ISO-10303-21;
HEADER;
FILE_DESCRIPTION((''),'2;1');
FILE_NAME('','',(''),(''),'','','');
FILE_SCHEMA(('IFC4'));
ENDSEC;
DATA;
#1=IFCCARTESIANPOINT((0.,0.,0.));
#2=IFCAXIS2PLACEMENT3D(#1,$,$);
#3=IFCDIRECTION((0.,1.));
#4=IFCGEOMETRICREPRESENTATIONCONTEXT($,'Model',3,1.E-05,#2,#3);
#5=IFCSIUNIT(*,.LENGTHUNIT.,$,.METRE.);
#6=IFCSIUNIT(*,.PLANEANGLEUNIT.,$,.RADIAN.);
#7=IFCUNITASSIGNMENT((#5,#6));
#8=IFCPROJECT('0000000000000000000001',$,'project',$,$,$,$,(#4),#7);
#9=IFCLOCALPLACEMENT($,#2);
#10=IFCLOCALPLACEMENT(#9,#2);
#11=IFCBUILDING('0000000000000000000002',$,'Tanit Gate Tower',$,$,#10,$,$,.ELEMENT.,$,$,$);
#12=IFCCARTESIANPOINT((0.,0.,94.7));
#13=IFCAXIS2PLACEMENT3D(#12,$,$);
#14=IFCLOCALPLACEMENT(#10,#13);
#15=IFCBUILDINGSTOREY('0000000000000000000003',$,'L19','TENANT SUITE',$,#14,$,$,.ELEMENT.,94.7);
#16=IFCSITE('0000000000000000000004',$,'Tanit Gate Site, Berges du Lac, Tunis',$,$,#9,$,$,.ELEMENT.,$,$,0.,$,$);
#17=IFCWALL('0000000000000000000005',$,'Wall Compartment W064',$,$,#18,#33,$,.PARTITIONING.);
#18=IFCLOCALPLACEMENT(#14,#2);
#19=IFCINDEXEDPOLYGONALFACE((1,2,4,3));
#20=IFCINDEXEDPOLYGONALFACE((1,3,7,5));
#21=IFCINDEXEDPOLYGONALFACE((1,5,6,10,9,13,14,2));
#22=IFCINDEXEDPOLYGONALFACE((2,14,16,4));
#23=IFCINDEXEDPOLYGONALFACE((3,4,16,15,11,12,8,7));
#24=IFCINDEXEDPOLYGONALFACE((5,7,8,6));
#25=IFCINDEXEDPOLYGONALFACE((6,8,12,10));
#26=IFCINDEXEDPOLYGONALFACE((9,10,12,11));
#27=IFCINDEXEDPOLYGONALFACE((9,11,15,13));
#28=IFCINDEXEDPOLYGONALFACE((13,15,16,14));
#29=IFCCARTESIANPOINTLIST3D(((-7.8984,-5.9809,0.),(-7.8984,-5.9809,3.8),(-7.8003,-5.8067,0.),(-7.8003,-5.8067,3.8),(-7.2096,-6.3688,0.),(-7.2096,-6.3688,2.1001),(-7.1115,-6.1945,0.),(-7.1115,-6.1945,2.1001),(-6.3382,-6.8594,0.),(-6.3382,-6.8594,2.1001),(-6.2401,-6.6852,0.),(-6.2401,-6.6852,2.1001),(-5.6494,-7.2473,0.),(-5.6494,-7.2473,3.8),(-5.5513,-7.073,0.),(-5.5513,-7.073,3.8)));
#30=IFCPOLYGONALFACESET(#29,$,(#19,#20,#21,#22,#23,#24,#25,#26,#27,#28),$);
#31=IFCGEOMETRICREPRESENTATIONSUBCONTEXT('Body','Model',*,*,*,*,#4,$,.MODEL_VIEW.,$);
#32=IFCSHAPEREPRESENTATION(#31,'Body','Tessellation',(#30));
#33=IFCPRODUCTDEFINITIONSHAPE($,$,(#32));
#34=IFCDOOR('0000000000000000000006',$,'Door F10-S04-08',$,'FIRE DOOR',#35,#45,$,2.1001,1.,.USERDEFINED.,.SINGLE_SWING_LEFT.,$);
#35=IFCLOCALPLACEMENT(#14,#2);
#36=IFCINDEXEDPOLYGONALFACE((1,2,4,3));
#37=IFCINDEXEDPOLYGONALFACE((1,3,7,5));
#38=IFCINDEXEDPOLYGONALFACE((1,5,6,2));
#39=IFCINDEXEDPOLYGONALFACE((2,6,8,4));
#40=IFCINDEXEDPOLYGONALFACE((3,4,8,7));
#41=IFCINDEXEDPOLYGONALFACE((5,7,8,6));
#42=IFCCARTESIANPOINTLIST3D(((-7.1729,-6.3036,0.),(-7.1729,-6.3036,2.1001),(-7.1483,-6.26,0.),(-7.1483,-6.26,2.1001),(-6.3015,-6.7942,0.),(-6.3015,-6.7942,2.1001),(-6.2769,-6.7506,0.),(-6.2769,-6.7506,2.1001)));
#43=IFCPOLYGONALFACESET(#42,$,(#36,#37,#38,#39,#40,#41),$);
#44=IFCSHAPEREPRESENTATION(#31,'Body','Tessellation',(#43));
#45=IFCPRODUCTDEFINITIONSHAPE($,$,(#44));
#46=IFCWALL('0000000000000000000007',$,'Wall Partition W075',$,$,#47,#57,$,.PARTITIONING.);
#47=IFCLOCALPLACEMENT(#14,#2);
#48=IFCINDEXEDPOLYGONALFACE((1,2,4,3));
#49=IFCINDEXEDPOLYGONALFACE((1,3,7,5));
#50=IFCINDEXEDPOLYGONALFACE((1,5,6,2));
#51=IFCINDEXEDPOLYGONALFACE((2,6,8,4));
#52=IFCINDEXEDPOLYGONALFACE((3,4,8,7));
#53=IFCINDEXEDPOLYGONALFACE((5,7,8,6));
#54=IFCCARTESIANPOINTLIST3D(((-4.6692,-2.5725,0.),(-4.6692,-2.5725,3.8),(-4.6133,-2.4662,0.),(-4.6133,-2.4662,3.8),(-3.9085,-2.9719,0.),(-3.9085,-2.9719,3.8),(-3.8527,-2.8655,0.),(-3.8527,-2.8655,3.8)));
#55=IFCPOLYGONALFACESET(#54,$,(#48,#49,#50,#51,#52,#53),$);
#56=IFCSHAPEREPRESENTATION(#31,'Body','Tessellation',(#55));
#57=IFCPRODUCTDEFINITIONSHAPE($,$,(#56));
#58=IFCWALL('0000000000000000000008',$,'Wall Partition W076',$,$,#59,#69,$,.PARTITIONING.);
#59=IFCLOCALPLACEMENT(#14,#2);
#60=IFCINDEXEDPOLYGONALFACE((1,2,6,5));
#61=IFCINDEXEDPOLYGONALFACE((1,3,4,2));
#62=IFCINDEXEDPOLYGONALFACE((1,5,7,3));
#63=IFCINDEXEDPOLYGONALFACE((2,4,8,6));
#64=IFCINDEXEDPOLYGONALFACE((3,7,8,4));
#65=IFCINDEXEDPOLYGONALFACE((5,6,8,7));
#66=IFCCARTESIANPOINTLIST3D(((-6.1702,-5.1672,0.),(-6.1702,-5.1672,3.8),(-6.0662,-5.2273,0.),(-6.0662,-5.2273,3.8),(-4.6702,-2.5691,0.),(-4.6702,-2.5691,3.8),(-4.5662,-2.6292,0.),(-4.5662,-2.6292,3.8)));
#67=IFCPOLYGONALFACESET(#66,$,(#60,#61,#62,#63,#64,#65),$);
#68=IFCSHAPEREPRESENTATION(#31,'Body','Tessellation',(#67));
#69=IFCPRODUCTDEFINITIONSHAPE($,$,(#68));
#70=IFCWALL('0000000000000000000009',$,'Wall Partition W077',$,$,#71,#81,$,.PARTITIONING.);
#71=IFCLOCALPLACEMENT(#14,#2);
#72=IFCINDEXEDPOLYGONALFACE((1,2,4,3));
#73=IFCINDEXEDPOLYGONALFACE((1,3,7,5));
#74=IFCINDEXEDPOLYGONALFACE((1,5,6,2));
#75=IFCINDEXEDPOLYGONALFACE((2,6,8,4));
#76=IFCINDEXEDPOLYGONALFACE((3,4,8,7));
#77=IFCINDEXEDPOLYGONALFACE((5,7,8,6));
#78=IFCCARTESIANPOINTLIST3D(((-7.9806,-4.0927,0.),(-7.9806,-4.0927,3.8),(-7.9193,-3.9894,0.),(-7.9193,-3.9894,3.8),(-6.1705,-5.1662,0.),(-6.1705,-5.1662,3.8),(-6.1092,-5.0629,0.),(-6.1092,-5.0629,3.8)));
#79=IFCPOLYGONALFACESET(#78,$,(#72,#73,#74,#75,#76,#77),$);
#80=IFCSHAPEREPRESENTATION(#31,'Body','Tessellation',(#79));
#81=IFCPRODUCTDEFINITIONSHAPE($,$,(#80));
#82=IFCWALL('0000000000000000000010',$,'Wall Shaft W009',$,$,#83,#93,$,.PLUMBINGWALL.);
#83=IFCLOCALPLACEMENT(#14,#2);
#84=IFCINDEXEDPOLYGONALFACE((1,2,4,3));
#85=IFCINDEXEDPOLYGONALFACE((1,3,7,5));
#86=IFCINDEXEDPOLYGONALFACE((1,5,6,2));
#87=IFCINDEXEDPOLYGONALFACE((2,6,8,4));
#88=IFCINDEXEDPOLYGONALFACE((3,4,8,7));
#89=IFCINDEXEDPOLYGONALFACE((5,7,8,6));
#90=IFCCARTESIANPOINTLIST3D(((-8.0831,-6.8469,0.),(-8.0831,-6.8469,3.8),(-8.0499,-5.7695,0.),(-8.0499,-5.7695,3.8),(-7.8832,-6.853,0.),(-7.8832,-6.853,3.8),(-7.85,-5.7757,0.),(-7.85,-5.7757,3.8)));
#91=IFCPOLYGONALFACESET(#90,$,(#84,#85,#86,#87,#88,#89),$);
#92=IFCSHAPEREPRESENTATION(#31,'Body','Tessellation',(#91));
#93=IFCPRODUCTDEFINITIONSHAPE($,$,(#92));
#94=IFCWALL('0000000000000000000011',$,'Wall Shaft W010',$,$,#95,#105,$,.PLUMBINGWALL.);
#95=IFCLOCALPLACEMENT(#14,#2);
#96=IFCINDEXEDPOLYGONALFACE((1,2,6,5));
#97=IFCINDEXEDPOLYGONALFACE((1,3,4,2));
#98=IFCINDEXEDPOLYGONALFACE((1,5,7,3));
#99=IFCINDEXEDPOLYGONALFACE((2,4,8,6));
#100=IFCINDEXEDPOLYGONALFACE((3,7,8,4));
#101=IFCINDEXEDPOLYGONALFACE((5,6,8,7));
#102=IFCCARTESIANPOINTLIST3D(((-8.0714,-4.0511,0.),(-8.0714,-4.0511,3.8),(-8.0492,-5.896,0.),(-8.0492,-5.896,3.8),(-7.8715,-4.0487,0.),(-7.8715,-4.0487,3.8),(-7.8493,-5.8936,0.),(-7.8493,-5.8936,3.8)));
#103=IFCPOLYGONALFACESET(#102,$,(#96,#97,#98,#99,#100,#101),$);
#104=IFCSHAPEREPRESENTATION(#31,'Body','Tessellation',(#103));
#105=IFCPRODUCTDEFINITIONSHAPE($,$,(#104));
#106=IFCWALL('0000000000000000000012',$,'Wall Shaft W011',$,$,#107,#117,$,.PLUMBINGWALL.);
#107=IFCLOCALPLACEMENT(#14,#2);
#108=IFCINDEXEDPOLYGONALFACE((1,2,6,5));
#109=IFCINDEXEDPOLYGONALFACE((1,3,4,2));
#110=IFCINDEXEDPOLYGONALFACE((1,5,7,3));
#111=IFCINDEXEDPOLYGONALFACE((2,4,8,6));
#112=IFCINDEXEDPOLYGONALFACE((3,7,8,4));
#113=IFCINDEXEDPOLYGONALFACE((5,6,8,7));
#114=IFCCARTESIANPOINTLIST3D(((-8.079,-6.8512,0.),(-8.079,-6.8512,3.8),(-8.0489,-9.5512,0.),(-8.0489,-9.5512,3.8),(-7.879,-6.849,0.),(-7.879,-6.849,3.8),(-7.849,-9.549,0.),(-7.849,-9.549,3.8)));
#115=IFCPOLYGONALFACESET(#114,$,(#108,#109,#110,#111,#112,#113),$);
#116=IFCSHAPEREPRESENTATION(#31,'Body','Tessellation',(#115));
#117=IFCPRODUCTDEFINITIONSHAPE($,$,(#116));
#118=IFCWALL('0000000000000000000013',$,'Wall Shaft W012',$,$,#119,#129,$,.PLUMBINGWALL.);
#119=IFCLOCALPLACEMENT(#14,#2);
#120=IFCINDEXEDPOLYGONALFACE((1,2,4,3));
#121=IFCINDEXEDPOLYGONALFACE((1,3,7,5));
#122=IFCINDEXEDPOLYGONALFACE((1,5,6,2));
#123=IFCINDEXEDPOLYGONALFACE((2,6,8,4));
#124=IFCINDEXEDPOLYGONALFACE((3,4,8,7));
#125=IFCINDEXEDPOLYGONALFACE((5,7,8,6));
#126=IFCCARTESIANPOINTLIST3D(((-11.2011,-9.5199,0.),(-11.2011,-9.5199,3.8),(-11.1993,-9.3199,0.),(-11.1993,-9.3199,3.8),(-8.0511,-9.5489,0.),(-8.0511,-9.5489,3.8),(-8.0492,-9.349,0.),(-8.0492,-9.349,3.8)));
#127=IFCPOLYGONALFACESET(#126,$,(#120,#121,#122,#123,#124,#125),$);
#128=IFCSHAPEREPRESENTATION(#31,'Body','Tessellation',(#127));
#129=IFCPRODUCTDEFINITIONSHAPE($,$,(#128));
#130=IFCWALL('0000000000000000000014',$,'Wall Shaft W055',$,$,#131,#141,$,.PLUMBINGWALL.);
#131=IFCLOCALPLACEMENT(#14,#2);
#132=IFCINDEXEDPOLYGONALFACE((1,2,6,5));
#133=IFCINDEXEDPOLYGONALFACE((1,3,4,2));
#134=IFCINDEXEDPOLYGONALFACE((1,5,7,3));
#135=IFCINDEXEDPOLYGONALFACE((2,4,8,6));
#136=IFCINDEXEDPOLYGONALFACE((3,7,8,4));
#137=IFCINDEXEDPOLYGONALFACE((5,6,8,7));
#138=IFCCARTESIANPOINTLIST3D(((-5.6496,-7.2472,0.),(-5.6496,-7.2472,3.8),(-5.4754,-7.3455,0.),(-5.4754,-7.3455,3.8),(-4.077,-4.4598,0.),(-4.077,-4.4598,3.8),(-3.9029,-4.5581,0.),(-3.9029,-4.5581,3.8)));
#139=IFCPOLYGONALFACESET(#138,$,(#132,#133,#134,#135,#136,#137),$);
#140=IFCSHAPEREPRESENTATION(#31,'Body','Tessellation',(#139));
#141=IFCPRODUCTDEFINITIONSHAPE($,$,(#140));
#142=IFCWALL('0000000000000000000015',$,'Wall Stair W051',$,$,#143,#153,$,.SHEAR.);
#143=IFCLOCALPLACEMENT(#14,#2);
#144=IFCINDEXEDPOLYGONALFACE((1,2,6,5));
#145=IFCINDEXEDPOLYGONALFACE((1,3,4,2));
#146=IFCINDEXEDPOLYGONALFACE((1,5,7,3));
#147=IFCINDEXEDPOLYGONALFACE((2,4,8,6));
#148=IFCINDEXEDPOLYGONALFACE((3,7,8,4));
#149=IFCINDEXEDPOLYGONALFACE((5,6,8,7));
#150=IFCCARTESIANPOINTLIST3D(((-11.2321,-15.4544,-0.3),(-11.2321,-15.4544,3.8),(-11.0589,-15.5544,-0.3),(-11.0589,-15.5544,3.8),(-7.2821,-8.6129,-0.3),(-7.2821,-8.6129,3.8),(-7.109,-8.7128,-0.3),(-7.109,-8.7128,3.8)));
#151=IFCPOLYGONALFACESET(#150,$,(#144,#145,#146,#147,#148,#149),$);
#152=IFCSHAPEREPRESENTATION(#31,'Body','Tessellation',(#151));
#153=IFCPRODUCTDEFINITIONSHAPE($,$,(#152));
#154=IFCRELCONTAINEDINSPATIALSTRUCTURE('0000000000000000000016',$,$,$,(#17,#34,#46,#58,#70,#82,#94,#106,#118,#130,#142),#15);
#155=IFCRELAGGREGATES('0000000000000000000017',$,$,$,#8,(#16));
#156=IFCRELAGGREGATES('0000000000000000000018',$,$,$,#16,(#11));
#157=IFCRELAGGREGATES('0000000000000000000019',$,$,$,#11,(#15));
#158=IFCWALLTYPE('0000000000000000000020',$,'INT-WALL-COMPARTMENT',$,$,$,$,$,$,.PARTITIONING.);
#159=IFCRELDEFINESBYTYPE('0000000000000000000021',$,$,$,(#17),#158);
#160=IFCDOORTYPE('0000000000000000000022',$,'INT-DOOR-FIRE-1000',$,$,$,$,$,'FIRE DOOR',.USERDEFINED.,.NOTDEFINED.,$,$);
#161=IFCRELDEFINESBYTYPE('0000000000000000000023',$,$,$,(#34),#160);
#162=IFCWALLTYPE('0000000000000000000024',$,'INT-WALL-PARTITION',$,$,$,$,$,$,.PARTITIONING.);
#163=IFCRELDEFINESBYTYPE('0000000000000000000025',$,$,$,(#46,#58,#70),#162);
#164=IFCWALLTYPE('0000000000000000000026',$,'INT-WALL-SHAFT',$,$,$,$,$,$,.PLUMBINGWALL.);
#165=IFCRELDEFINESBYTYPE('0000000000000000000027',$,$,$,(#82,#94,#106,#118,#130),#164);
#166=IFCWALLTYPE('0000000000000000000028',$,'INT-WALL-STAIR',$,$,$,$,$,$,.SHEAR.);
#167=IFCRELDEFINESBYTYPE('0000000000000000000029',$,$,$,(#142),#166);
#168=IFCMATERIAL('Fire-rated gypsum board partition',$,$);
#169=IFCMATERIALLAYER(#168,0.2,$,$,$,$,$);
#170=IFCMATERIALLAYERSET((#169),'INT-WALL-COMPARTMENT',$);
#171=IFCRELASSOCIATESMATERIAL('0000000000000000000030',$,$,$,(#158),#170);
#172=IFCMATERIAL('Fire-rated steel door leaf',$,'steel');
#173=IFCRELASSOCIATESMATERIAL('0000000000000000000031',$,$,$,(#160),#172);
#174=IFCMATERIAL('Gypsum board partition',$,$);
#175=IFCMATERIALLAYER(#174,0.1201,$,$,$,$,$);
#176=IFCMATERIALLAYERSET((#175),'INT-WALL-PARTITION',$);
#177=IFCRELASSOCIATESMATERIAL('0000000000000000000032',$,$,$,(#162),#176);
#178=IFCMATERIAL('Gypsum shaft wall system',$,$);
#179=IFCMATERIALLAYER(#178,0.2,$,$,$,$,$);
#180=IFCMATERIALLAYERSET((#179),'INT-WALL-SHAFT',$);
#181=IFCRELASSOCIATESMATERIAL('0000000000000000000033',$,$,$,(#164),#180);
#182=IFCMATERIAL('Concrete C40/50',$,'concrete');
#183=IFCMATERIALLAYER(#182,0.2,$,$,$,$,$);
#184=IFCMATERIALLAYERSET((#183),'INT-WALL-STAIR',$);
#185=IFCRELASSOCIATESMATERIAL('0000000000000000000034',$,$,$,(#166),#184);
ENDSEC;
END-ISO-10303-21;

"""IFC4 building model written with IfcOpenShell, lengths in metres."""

from ifc_helpers import new_model, si_unit, direction, frame, frame_2d, origin, place, context, subcontext, project, spatial, rectangle, extrude, material, layer, layer_set, type_object, element, fill, save


model = new_model("IFC4")

# Units and contexts
model_context = context("Model", 3, precision=1e-05, world=origin(), true_north=direction((0.0, 1.0)))
body_context = subcontext(model_context, "Body", "Model", "MODEL_VIEW")
ifc_project = project(units=[si_unit("LENGTHUNIT", "METRE"), si_unit("PLANEANGLEUNIT", "RADIAN")], contexts=[model_context])

# Site, building, storey
site_placement = place(None, origin())
site = spatial("IfcSite", under=ifc_project, at=site_placement, Name="Tanit Gate Site, Berges du Lac, Tunis", CompositionType="ELEMENT", RefElevation=0.0)
building_placement = place(site_placement, origin())
building = spatial("IfcBuilding", under=site, at=building_placement, Name="Tanit Gate Tower", CompositionType="ELEMENT")
storey_placement = place(building_placement, frame((0.0, 0.0, 94.7)))
storey = spatial("IfcBuildingStorey", under=building, at=storey_placement, Name="L19", Description="TENANT SUITE", CompositionType="ELEMENT", Elevation=94.7)

# Wall, opening, door
ifc_material_1 = material(Name="Fire-rated gypsum board partition")
ifc_layer_1 = layer(ifc_material_1, 0.2)
ifc_layer_set_1 = layer_set([ifc_layer_1], Name="INT-WALL-COMPARTMENT")
wall_type_1 = type_object("IfcWallType", Name="INT-WALL-COMPARTMENT", PredefinedType="PARTITIONING", material=ifc_layer_set_1)
wall_1_placement = place(storey_placement, frame((-7.8494, -5.8938, 0.0), z_axis=(0.0, 0.0, 1.0), x_axis=(0.871363, -0.490638, 0.0)))
wall_1 = element("IfcWall", 1, at=wall_1_placement, inside=storey, type_object=wall_type_1, Name="Wall Compartment W064", PredefinedType="PARTITIONING", context=body_context, shape_type="SweptSolid", body=[
    extrude(rectangle(XDim=2.5811, YDim=0.2, at=frame_2d((1.2905, 0.0))), origin(), (0.0, 0.0, 1.0), 3.8),
])
opening_placement = place(wall_1_placement, frame((0.7905, 0.0, 0.0)))
opening = element("IfcOpeningElement", 2, at=opening_placement, cuts=wall_1, PredefinedType="OPENING", context=body_context, shape_type="SweptSolid", body=[
    extrude(rectangle(XDim=1.0, YDim=2.1001, at=frame_2d((0.5, 1.05))), frame((0.0, 0.1099, 0.0), z_axis=(0.0, -1.0, 0.0), x_axis=(1.0, 0.0, 0.0)), (0.0, 0.0, 1.0), 0.22),
])
ifc_material_2 = material(Name="Fire-rated steel door leaf", Category="steel")
door_type = type_object("IfcDoorType", Name="INT-DOOR-FIRE-1000", ElementType="FIRE DOOR", OperationType="NOTDEFINED", PredefinedType="USERDEFINED", material=ifc_material_2)
door_placement = place(opening_placement, origin())
door = element("IfcDoor", 3, at=door_placement, inside=storey, type_object=door_type, Name="Door F10-S04-08", ObjectType="FIRE DOOR", OperationType="SINGLE_SWING_LEFT", OverallHeight=2.1001, OverallWidth=1.0, PredefinedType="USERDEFINED", context=body_context, shape_type="SweptSolid", body=[
    extrude(rectangle(XDim=1.0, YDim=2.1001, at=frame_2d((0.5, 1.05))), frame((0.0, 0.0249, 0.0), z_axis=(0.0, -1.0, 0.0), x_axis=(1.0, 0.0, 0.0)), (0.0, 0.0, 1.0), 0.05),
])
fill(opening, door)

# Walls
ifc_material_3 = material(Name="Gypsum board partition")
ifc_layer_2 = layer(ifc_material_3, 0.1201)
ifc_layer_set_2 = layer_set([ifc_layer_2], Name="INT-WALL-PARTITION")
wall_type_2 = type_object("IfcWallType", Name="INT-WALL-PARTITION", PredefinedType="PARTITIONING", material=ifc_layer_set_2)
wall_2_placement = place(storey_placement, frame((-4.6414, -2.5193, 0.0), z_axis=(0.0, 0.0, 1.0), x_axis=(0.885386, -0.464856, 0.0)))
element("IfcWall", 4, at=wall_2_placement, inside=storey, type_object=wall_type_2, Name="Wall Partition W075", PredefinedType="PARTITIONING", context=body_context, shape_type="SweptSolid", body=[
    extrude(rectangle(XDim=0.8591, YDim=0.1201, at=frame_2d((0.4297, 0.0))), origin(), (0.0, 0.0, 1.0), 3.8),
])
wall_3_placement = place(storey_placement, frame((-6.1182, -5.1973, 0.0), z_axis=(0.0, 0.0, 1.0), x_axis=(0.49999, 0.866031, 0.0)))
element("IfcWall", 5, at=wall_3_placement, inside=storey, type_object=wall_type_2, Name="Wall Partition W076", PredefinedType="PARTITIONING", context=body_context, shape_type="SweptSolid", body=[
    extrude(rectangle(XDim=3.0, YDim=0.1201, at=frame_2d((1.5, 0.0))), origin(), (0.0, 0.0, 1.0), 3.8),
])
wall_4_placement = place(storey_placement, frame((-7.95, -4.041, 0.0), z_axis=(0.0, 0.0, 1.0), x_axis=(0.860112, -0.510104, 0.0)))
element("IfcWall", 6, at=wall_4_placement, inside=storey, type_object=wall_type_2, Name="Wall Partition W077", PredefinedType="PARTITIONING", context=body_context, shape_type="SweptSolid", body=[
    extrude(rectangle(XDim=2.1045, YDim=0.1201, at=frame_2d((1.0522, 0.0))), origin(), (0.0, 0.0, 1.0), 3.8),
])
ifc_material_4 = material(Name="Gypsum shaft wall system")
ifc_layer_3 = layer(ifc_material_4, 0.2)
ifc_layer_set_3 = layer_set([ifc_layer_3], Name="INT-WALL-SHAFT")
wall_type_3 = type_object("IfcWallType", Name="INT-WALL-SHAFT", PredefinedType="PLUMBINGWALL", material=ifc_layer_set_3)
wall_5_placement = place(storey_placement, frame((-7.95, -5.7725, 0.0), z_axis=(0.0, 0.0, 1.0), x_axis=(-0.030803, -0.999525, 0.0)))
element("IfcWall", 7, at=wall_5_placement, inside=storey, type_object=wall_type_3, Name="Wall Shaft W009", PredefinedType="PLUMBINGWALL", context=body_context, shape_type="SweptSolid", body=[
    extrude(rectangle(XDim=1.0779, YDim=0.2, at=frame_2d((0.5391, 0.0))), origin(), (0.0, 0.0, 1.0), 3.8),
])
wall_6_placement = place(storey_placement, frame((-7.9714, -4.05, 0.0), z_axis=(0.0, 0.0, 1.0), x_axis=(0.012043, -0.999927, 0.0)))
element("IfcWall", 8, at=wall_6_placement, inside=storey, type_object=wall_type_3, Name="Wall Shaft W010", PredefinedType="PLUMBINGWALL", context=body_context, shape_type="SweptSolid", body=[
    extrude(rectangle(XDim=1.845, YDim=0.2, at=frame_2d((0.9224, 0.0))), origin(), (0.0, 0.0, 1.0), 3.8),
])
wall_7_placement = place(storey_placement, frame((-7.979, -6.8501, 0.0), z_axis=(0.0, 0.0, 1.0), x_axis=(0.011121, -0.999938, 0.0)))
element("IfcWall", 9, at=wall_7_placement, inside=storey, type_object=wall_type_3, Name="Wall Shaft W011", PredefinedType="PLUMBINGWALL", context=body_context, shape_type="SweptSolid", body=[
    extrude(rectangle(XDim=2.7002, YDim=0.2, at=frame_2d((1.3501, 0.0))), origin(), (0.0, 0.0, 1.0), 3.8),
])
wall_8_placement = place(storey_placement, frame((-8.05, -9.449, 0.0), z_axis=(0.0, 0.0, 1.0), x_axis=(-0.999957, 0.009223, 0.0)))
element("IfcWall", 10, at=wall_8_placement, inside=storey, type_object=wall_type_3, Name="Wall Shaft W012", PredefinedType="PLUMBINGWALL", context=body_context, shape_type="SweptSolid", body=[
    extrude(rectangle(XDim=3.1501, YDim=0.2, at=frame_2d((1.5752, 0.0))), origin(), (0.0, 0.0, 1.0), 3.8),
])
wall_9_placement = place(storey_placement, frame((-3.99, -4.509, 0.0), z_axis=(0.0, 0.0, 1.0), x_axis=(-0.491358, -0.870958, 0.0)))
element("IfcWall", 11, at=wall_9_placement, inside=storey, type_object=wall_type_3, Name="Wall Shaft W055", PredefinedType="PLUMBINGWALL", context=body_context, shape_type="SweptSolid", body=[
    extrude(rectangle(XDim=3.2004, YDim=0.2, at=frame_2d((1.6001, 0.0))), origin(), (0.0, 0.0, 1.0), 3.8),
])
ifc_material_5 = material(Name="Concrete C40/50", Category="concrete")
ifc_layer_4 = layer(ifc_material_5, 0.2)
ifc_layer_set_4 = layer_set([ifc_layer_4], Name="INT-WALL-STAIR")
wall_type_4 = type_object("IfcWallType", Name="INT-WALL-STAIR", PredefinedType="SHEAR", material=ifc_layer_set_4)
wall_10_placement = place(storey_placement, frame((-7.1956, -8.6628, -0.3), z_axis=(0.0, 0.0, 1.0), x_axis=(-0.499998, -0.866027, 0.0)))
element("IfcWall", 12, at=wall_10_placement, inside=storey, type_object=wall_type_4, Name="Wall Stair W051", PredefinedType="SHEAR", context=body_context, shape_type="SweptSolid", body=[
    extrude(rectangle(XDim=7.8999, YDim=0.2, at=frame_2d((3.95, 0.0))), origin(), (0.0, 0.0, 1.0), 4.1001),
])

save(model, "model.ifc")
